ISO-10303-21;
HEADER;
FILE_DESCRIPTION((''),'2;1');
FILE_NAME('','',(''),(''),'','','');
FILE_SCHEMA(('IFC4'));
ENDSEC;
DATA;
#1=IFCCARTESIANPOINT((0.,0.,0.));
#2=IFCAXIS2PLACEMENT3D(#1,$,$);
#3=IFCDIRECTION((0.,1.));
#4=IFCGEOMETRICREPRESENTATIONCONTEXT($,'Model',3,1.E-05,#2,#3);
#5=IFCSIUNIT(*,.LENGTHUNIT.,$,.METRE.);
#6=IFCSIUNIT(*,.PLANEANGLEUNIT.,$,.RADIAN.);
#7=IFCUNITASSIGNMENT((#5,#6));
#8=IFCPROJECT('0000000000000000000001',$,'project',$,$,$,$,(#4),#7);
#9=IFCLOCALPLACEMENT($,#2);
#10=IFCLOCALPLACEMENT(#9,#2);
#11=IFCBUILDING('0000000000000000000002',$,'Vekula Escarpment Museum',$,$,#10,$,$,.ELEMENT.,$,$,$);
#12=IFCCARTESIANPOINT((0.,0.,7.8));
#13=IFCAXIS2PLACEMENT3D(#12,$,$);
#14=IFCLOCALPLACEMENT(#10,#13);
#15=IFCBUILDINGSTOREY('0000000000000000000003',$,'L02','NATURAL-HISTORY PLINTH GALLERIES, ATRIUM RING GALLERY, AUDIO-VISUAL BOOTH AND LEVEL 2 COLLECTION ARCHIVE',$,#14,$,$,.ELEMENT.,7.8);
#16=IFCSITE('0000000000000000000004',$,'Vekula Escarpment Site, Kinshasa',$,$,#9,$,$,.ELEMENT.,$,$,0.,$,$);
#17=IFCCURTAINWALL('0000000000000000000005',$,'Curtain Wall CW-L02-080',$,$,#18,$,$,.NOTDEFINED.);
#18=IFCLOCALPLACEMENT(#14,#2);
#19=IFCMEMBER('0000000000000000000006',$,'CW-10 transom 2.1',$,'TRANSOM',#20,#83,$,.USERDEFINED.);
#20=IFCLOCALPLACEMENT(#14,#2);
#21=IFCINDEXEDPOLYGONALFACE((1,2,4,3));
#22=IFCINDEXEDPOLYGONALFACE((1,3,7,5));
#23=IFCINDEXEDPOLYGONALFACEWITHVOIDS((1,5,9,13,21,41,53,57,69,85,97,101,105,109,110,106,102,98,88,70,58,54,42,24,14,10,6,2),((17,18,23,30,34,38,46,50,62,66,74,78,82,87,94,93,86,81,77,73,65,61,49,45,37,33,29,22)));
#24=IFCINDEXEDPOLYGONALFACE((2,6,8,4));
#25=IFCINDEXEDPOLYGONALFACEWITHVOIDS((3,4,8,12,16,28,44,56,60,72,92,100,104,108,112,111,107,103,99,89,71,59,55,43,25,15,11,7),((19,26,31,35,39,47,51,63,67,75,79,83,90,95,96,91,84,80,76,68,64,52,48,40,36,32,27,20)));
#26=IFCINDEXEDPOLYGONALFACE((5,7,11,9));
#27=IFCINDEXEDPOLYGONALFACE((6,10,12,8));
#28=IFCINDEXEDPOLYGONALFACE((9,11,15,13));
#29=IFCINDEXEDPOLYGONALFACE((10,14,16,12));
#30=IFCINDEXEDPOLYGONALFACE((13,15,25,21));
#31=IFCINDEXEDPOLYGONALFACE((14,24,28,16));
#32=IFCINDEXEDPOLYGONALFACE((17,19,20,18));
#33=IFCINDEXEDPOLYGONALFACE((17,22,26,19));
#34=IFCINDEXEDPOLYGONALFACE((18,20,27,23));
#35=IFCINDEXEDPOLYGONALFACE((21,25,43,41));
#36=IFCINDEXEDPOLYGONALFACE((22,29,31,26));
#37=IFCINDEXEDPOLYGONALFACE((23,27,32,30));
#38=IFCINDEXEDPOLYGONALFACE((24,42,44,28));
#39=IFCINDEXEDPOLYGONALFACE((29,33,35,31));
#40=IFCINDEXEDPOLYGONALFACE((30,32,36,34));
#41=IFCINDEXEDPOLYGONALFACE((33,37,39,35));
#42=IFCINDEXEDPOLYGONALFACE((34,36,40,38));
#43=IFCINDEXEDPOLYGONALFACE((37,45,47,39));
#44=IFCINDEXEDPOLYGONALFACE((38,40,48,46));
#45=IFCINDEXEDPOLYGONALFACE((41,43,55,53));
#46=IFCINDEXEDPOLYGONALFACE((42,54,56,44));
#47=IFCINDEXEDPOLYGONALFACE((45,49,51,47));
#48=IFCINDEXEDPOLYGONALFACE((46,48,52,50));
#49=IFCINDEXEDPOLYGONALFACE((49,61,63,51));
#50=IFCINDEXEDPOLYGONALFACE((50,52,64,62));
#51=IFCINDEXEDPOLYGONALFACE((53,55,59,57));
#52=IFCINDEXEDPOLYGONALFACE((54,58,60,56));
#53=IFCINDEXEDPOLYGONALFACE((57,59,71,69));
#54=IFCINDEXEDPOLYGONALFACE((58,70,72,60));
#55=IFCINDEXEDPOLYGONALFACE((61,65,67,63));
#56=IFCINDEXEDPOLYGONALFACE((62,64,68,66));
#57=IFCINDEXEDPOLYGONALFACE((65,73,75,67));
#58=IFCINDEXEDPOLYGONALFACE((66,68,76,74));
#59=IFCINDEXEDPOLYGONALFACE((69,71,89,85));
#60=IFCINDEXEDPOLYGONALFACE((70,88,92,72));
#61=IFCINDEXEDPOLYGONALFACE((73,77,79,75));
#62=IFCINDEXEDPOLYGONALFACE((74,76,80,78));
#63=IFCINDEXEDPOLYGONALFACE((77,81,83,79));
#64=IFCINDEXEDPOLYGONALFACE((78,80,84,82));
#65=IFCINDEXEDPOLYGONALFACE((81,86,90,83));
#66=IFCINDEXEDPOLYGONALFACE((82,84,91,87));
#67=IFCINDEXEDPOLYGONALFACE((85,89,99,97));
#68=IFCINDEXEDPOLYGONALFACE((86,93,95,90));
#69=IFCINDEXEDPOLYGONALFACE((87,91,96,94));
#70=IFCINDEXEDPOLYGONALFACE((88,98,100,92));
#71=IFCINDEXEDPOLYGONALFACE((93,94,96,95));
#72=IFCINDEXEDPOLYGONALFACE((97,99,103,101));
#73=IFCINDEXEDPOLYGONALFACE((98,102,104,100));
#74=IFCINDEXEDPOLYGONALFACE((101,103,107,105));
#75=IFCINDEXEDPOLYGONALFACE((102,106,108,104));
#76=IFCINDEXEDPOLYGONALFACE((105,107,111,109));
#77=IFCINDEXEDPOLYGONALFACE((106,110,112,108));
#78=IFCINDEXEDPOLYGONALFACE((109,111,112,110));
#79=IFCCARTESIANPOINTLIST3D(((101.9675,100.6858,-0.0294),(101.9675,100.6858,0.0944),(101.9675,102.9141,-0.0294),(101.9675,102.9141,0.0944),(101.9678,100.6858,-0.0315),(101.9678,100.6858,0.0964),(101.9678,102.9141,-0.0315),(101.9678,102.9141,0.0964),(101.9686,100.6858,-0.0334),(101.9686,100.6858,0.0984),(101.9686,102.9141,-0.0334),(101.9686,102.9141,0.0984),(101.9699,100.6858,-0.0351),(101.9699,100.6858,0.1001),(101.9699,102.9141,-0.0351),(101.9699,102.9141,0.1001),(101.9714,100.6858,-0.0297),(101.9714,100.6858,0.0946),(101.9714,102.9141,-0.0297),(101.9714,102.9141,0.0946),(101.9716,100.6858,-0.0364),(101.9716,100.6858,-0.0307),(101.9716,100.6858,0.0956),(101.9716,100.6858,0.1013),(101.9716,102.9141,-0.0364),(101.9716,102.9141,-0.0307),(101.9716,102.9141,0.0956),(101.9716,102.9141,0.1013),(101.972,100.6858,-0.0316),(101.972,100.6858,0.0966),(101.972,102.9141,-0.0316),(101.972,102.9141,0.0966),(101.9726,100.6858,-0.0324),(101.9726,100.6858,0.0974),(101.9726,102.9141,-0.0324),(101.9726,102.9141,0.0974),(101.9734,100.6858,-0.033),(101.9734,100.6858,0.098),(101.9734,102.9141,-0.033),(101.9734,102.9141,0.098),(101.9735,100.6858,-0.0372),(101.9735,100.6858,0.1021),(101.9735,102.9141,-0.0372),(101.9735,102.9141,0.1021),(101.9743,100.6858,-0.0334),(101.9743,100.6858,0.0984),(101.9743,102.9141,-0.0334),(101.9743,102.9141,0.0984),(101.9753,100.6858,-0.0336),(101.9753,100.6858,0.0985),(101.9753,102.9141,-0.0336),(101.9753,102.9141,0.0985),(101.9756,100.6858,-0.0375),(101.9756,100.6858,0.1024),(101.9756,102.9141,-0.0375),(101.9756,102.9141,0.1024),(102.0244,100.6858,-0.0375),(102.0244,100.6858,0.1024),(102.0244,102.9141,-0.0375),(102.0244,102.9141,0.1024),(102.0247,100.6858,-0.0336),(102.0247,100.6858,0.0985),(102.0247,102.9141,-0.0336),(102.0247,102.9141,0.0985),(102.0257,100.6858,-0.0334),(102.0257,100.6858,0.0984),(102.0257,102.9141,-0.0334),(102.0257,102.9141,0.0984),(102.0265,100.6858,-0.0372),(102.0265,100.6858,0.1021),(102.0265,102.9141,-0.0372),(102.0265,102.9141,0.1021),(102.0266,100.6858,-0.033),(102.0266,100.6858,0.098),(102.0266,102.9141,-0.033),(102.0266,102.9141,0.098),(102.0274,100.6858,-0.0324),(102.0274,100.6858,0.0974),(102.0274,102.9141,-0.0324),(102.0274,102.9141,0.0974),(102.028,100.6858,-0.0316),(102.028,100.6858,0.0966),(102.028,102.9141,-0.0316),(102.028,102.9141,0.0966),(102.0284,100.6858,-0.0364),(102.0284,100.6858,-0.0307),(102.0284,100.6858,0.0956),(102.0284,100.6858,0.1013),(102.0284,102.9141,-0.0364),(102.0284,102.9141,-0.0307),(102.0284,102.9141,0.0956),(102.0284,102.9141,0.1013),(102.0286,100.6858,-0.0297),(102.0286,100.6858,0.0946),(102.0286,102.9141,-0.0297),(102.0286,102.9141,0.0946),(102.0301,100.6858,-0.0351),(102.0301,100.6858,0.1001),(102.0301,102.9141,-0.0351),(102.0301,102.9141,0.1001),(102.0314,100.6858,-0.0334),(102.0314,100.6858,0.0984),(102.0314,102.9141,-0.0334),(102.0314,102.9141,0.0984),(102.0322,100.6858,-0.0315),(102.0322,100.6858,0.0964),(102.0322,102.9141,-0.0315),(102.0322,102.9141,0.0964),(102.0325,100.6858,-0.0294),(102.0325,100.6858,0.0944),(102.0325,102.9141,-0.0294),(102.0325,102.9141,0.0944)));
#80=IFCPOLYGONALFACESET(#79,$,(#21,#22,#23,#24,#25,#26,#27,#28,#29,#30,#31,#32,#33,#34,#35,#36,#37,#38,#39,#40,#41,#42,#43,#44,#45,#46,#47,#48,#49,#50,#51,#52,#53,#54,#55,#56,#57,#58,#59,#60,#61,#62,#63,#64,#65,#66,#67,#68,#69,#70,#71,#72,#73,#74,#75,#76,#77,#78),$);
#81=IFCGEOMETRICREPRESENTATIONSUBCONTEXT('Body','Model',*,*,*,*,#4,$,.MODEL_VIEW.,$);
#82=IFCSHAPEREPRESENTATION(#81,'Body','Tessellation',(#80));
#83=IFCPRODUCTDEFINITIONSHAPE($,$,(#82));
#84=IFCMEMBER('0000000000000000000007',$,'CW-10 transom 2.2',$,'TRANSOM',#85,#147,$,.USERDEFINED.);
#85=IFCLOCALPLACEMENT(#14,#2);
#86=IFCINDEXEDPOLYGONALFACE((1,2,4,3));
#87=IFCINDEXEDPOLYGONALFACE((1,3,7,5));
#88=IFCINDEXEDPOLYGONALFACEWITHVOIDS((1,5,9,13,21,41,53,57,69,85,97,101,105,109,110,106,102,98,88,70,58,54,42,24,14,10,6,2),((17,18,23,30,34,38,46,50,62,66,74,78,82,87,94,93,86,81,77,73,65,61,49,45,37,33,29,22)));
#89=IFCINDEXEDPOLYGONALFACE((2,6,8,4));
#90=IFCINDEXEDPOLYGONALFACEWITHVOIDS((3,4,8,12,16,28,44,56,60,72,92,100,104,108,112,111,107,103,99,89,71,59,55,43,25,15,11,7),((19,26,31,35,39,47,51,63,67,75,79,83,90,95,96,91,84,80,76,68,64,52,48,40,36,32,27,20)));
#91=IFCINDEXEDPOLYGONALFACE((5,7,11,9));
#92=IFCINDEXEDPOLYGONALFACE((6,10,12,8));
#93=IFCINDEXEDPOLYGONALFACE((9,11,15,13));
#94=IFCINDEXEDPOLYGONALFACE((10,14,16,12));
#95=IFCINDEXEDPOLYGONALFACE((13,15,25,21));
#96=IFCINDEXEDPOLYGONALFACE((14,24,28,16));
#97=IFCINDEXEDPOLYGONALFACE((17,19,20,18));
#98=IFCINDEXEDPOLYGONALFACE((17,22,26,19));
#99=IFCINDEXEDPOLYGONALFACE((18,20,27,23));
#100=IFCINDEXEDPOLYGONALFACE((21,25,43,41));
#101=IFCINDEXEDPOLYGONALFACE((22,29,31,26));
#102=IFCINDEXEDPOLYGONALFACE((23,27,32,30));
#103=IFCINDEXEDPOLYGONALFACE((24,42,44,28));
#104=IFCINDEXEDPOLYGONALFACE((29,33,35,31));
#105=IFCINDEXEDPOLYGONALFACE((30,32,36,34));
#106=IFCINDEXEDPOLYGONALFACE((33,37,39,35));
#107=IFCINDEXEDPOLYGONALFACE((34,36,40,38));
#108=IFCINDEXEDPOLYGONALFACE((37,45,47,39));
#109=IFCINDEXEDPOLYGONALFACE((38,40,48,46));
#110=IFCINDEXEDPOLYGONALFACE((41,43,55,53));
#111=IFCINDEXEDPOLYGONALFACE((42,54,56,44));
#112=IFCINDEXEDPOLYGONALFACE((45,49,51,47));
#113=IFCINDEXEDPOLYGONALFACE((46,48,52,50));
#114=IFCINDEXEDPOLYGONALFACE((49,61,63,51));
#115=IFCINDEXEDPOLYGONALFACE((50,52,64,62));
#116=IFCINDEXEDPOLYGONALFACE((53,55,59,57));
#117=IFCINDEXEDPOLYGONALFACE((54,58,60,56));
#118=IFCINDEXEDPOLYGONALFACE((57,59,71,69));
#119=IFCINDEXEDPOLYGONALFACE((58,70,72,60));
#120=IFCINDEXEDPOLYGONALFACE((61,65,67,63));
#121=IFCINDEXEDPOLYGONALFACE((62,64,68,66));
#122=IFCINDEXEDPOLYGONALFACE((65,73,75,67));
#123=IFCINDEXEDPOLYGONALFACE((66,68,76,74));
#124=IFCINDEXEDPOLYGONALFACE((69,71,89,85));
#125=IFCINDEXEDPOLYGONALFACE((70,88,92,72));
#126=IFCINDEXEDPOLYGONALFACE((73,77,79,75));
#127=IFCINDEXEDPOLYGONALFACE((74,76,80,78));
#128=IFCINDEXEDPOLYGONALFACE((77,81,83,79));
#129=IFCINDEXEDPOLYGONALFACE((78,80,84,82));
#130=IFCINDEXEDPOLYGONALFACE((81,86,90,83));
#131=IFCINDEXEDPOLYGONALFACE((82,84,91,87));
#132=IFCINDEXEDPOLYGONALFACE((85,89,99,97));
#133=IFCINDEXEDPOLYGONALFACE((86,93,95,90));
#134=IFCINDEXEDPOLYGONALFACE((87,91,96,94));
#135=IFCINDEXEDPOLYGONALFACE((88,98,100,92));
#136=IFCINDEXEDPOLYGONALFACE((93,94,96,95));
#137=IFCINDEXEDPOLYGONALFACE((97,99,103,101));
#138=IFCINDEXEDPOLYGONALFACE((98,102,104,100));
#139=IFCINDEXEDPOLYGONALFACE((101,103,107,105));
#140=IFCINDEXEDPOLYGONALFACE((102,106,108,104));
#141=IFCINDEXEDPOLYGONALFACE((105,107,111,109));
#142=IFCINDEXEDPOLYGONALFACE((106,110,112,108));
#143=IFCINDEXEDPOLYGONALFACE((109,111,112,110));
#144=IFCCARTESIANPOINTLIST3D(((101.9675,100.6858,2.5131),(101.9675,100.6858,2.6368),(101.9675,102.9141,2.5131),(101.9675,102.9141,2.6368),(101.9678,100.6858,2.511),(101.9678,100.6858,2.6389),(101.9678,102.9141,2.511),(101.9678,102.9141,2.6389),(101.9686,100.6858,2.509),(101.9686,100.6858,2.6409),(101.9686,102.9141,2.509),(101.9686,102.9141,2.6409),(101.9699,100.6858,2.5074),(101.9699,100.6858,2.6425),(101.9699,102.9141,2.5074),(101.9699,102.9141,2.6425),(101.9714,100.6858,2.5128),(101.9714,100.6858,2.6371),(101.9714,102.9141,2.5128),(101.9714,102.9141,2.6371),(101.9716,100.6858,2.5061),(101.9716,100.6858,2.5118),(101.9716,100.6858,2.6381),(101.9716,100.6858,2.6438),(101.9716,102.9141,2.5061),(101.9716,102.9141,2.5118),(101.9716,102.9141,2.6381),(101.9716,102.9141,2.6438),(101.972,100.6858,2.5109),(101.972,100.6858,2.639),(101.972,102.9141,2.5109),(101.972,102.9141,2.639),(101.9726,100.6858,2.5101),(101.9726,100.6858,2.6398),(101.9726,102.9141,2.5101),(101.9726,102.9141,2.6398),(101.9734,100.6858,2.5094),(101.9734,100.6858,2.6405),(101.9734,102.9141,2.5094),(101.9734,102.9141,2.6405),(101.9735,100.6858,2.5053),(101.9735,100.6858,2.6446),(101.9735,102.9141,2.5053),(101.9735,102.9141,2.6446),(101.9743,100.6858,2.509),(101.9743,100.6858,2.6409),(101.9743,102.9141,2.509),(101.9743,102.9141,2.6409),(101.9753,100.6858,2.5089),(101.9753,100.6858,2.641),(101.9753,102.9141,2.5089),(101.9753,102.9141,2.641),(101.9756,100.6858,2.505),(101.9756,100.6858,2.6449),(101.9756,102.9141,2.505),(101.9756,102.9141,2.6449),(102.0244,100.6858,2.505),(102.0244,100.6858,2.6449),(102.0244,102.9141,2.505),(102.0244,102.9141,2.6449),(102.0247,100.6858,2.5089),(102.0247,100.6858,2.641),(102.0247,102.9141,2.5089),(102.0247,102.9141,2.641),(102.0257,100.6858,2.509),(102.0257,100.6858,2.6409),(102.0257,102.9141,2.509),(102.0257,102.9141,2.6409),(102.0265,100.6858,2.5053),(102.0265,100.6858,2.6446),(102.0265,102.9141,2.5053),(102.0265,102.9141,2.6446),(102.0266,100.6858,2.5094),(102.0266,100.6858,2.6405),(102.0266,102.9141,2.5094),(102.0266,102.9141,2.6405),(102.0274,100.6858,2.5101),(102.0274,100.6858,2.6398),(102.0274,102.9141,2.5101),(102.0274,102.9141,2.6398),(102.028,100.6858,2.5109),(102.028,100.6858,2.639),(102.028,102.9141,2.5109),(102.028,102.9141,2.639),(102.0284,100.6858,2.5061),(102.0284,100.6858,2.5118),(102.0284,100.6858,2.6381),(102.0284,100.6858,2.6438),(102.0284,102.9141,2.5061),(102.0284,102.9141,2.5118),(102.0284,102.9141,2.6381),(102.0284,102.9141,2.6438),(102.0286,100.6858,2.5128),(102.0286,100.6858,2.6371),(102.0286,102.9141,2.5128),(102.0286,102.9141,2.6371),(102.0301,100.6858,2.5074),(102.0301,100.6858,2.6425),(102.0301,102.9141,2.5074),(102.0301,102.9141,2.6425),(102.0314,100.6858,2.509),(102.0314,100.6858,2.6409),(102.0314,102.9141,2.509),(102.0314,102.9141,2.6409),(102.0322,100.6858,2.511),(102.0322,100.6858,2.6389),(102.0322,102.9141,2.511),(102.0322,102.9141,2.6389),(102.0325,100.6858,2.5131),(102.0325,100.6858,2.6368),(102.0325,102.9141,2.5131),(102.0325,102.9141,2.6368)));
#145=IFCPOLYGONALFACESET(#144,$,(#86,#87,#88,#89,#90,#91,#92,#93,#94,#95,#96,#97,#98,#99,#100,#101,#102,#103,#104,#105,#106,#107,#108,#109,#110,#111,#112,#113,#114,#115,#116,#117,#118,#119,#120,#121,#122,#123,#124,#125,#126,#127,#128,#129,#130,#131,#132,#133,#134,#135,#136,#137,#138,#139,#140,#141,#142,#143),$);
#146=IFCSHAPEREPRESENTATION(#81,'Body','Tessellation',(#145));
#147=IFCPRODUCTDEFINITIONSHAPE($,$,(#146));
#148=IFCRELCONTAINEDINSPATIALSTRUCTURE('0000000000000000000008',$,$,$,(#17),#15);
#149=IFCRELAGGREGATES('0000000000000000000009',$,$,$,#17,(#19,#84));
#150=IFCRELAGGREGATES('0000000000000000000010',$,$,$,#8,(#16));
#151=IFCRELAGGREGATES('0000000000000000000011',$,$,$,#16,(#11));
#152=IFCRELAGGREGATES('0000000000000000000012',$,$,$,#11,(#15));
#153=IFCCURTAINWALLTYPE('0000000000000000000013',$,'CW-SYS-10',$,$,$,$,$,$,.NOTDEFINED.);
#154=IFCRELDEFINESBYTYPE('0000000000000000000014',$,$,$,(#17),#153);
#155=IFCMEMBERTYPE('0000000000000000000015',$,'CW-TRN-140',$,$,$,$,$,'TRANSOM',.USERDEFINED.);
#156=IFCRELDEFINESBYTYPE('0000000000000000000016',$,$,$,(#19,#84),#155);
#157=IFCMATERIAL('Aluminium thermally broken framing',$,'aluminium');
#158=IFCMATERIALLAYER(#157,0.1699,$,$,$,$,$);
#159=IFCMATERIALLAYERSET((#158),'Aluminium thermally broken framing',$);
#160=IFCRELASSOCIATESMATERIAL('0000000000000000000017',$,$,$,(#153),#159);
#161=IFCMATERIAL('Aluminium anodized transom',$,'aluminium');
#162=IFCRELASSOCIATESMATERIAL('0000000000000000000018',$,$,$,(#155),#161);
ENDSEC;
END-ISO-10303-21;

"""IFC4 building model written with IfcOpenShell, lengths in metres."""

from ifc_helpers import new_model, si_unit, direction, frame, origin, origin_2d, place, context, subcontext, project, spatial, hollow_rectangle, extrude, material, layer, layer_set, material_profile, profile_set, type_object, element, aggregate, save


model = new_model("IFC4")

# Units and contexts
model_context = context("Model", 3, precision=1e-05, world=origin(), true_north=direction((0.0, 1.0)))
body_context = subcontext(model_context, "Body", "Model", "MODEL_VIEW")
ifc_project = project(units=[si_unit("LENGTHUNIT", "METRE"), si_unit("PLANEANGLEUNIT", "RADIAN")], contexts=[model_context])

# Site, building, storey
site_placement = place(None, origin())
site = spatial("IfcSite", under=ifc_project, at=site_placement, Name="Vekula Escarpment Site, Kinshasa", CompositionType="ELEMENT", RefElevation=0.0)
building_placement = place(site_placement, origin())
building = spatial("IfcBuilding", under=site, at=building_placement, Name="Vekula Escarpment Museum", CompositionType="ELEMENT")
storey_placement = place(building_placement, frame((0.0, 0.0, 7.8)))
storey = spatial("IfcBuildingStorey", under=building, at=storey_placement, Name="L02", Description="NATURAL-HISTORY PLINTH GALLERIES, ATRIUM RING GALLERY, AUDIO-VISUAL BOOTH AND LEVEL 2 COLLECTION ARCHIVE", CompositionType="ELEMENT", Elevation=7.8)

# Curtain wall
ifc_material_1 = material(Name="Aluminium thermally broken framing", Category="aluminium")
ifc_layer_1 = layer(ifc_material_1, 0.1699)
ifc_layer_set_1 = layer_set([ifc_layer_1], Name="Aluminium thermally broken framing")
curtain_wall_type_1 = type_object("IfcCurtainWallType", Name="CW-SYS-10", PredefinedType="NOTDEFINED", material=ifc_layer_set_1)
curtain_wall_1_placement = place(storey_placement, origin())
curtain_wall_1 = element("IfcCurtainWall", 1, at=curtain_wall_1_placement, inside=storey, type_object=curtain_wall_type_1, Name="Curtain Wall CW-L02-080", PredefinedType="NOTDEFINED")

# Members
ifc_material_2 = material(Name="Aluminium anodized transom", Category="aluminium")
ifc_material_profile_1 = material_profile(ifc_material_2, hollow_rectangle(XDim=0.0649, YDim=0.1399, WallThickness=0.0039, InnerFilletRadius=0.0039, OuterFilletRadius=0.0081, at=origin_2d()), Name="ALU 140x65x4")
ifc_profile_set_1 = profile_set([ifc_material_profile_1], Name="Aluminium anodized transom")
member_type_1 = type_object("IfcMemberType", Name="CW-TRN-140", ElementType="TRANSOM", PredefinedType="USERDEFINED", material=ifc_profile_set_1)
member_1_placement = place(storey_placement, frame((102.0, 100.6858, 0.0325), z_axis=(0.0, 1.0, 0.0), x_axis=(-1.0, 0.0, 0.0)))
member_1 = element("IfcMember", 2, at=member_1_placement, type_object=member_type_1, Name="CW-10 transom 2.1", ObjectType="TRANSOM", PredefinedType="USERDEFINED", context=body_context, shape_type="SweptSolid", body=[
    extrude(hollow_rectangle(XDim=0.0649, YDim=0.1399, WallThickness=0.0039, InnerFilletRadius=0.0039, OuterFilletRadius=0.0081, at=origin_2d()), origin(), (0.0, 0.0, 1.0), 2.2283),
])
member_2_placement = place(storey_placement, frame((102.0, 100.6858, 2.575), z_axis=(0.0, 1.0, 0.0), x_axis=(-1.0, 0.0, 0.0)))
member_2 = element("IfcMember", 3, at=member_2_placement, type_object=member_type_1, Name="CW-10 transom 2.2", ObjectType="TRANSOM", PredefinedType="USERDEFINED", context=body_context, shape_type="SweptSolid", body=[
    extrude(hollow_rectangle(XDim=0.0649, YDim=0.1399, WallThickness=0.0039, InnerFilletRadius=0.0039, OuterFilletRadius=0.0081, at=origin_2d()), origin(), (0.0, 0.0, 1.0), 2.2283),
])

aggregate(curtain_wall_1, [member_1, member_2])

save(model, "model.ifc")
